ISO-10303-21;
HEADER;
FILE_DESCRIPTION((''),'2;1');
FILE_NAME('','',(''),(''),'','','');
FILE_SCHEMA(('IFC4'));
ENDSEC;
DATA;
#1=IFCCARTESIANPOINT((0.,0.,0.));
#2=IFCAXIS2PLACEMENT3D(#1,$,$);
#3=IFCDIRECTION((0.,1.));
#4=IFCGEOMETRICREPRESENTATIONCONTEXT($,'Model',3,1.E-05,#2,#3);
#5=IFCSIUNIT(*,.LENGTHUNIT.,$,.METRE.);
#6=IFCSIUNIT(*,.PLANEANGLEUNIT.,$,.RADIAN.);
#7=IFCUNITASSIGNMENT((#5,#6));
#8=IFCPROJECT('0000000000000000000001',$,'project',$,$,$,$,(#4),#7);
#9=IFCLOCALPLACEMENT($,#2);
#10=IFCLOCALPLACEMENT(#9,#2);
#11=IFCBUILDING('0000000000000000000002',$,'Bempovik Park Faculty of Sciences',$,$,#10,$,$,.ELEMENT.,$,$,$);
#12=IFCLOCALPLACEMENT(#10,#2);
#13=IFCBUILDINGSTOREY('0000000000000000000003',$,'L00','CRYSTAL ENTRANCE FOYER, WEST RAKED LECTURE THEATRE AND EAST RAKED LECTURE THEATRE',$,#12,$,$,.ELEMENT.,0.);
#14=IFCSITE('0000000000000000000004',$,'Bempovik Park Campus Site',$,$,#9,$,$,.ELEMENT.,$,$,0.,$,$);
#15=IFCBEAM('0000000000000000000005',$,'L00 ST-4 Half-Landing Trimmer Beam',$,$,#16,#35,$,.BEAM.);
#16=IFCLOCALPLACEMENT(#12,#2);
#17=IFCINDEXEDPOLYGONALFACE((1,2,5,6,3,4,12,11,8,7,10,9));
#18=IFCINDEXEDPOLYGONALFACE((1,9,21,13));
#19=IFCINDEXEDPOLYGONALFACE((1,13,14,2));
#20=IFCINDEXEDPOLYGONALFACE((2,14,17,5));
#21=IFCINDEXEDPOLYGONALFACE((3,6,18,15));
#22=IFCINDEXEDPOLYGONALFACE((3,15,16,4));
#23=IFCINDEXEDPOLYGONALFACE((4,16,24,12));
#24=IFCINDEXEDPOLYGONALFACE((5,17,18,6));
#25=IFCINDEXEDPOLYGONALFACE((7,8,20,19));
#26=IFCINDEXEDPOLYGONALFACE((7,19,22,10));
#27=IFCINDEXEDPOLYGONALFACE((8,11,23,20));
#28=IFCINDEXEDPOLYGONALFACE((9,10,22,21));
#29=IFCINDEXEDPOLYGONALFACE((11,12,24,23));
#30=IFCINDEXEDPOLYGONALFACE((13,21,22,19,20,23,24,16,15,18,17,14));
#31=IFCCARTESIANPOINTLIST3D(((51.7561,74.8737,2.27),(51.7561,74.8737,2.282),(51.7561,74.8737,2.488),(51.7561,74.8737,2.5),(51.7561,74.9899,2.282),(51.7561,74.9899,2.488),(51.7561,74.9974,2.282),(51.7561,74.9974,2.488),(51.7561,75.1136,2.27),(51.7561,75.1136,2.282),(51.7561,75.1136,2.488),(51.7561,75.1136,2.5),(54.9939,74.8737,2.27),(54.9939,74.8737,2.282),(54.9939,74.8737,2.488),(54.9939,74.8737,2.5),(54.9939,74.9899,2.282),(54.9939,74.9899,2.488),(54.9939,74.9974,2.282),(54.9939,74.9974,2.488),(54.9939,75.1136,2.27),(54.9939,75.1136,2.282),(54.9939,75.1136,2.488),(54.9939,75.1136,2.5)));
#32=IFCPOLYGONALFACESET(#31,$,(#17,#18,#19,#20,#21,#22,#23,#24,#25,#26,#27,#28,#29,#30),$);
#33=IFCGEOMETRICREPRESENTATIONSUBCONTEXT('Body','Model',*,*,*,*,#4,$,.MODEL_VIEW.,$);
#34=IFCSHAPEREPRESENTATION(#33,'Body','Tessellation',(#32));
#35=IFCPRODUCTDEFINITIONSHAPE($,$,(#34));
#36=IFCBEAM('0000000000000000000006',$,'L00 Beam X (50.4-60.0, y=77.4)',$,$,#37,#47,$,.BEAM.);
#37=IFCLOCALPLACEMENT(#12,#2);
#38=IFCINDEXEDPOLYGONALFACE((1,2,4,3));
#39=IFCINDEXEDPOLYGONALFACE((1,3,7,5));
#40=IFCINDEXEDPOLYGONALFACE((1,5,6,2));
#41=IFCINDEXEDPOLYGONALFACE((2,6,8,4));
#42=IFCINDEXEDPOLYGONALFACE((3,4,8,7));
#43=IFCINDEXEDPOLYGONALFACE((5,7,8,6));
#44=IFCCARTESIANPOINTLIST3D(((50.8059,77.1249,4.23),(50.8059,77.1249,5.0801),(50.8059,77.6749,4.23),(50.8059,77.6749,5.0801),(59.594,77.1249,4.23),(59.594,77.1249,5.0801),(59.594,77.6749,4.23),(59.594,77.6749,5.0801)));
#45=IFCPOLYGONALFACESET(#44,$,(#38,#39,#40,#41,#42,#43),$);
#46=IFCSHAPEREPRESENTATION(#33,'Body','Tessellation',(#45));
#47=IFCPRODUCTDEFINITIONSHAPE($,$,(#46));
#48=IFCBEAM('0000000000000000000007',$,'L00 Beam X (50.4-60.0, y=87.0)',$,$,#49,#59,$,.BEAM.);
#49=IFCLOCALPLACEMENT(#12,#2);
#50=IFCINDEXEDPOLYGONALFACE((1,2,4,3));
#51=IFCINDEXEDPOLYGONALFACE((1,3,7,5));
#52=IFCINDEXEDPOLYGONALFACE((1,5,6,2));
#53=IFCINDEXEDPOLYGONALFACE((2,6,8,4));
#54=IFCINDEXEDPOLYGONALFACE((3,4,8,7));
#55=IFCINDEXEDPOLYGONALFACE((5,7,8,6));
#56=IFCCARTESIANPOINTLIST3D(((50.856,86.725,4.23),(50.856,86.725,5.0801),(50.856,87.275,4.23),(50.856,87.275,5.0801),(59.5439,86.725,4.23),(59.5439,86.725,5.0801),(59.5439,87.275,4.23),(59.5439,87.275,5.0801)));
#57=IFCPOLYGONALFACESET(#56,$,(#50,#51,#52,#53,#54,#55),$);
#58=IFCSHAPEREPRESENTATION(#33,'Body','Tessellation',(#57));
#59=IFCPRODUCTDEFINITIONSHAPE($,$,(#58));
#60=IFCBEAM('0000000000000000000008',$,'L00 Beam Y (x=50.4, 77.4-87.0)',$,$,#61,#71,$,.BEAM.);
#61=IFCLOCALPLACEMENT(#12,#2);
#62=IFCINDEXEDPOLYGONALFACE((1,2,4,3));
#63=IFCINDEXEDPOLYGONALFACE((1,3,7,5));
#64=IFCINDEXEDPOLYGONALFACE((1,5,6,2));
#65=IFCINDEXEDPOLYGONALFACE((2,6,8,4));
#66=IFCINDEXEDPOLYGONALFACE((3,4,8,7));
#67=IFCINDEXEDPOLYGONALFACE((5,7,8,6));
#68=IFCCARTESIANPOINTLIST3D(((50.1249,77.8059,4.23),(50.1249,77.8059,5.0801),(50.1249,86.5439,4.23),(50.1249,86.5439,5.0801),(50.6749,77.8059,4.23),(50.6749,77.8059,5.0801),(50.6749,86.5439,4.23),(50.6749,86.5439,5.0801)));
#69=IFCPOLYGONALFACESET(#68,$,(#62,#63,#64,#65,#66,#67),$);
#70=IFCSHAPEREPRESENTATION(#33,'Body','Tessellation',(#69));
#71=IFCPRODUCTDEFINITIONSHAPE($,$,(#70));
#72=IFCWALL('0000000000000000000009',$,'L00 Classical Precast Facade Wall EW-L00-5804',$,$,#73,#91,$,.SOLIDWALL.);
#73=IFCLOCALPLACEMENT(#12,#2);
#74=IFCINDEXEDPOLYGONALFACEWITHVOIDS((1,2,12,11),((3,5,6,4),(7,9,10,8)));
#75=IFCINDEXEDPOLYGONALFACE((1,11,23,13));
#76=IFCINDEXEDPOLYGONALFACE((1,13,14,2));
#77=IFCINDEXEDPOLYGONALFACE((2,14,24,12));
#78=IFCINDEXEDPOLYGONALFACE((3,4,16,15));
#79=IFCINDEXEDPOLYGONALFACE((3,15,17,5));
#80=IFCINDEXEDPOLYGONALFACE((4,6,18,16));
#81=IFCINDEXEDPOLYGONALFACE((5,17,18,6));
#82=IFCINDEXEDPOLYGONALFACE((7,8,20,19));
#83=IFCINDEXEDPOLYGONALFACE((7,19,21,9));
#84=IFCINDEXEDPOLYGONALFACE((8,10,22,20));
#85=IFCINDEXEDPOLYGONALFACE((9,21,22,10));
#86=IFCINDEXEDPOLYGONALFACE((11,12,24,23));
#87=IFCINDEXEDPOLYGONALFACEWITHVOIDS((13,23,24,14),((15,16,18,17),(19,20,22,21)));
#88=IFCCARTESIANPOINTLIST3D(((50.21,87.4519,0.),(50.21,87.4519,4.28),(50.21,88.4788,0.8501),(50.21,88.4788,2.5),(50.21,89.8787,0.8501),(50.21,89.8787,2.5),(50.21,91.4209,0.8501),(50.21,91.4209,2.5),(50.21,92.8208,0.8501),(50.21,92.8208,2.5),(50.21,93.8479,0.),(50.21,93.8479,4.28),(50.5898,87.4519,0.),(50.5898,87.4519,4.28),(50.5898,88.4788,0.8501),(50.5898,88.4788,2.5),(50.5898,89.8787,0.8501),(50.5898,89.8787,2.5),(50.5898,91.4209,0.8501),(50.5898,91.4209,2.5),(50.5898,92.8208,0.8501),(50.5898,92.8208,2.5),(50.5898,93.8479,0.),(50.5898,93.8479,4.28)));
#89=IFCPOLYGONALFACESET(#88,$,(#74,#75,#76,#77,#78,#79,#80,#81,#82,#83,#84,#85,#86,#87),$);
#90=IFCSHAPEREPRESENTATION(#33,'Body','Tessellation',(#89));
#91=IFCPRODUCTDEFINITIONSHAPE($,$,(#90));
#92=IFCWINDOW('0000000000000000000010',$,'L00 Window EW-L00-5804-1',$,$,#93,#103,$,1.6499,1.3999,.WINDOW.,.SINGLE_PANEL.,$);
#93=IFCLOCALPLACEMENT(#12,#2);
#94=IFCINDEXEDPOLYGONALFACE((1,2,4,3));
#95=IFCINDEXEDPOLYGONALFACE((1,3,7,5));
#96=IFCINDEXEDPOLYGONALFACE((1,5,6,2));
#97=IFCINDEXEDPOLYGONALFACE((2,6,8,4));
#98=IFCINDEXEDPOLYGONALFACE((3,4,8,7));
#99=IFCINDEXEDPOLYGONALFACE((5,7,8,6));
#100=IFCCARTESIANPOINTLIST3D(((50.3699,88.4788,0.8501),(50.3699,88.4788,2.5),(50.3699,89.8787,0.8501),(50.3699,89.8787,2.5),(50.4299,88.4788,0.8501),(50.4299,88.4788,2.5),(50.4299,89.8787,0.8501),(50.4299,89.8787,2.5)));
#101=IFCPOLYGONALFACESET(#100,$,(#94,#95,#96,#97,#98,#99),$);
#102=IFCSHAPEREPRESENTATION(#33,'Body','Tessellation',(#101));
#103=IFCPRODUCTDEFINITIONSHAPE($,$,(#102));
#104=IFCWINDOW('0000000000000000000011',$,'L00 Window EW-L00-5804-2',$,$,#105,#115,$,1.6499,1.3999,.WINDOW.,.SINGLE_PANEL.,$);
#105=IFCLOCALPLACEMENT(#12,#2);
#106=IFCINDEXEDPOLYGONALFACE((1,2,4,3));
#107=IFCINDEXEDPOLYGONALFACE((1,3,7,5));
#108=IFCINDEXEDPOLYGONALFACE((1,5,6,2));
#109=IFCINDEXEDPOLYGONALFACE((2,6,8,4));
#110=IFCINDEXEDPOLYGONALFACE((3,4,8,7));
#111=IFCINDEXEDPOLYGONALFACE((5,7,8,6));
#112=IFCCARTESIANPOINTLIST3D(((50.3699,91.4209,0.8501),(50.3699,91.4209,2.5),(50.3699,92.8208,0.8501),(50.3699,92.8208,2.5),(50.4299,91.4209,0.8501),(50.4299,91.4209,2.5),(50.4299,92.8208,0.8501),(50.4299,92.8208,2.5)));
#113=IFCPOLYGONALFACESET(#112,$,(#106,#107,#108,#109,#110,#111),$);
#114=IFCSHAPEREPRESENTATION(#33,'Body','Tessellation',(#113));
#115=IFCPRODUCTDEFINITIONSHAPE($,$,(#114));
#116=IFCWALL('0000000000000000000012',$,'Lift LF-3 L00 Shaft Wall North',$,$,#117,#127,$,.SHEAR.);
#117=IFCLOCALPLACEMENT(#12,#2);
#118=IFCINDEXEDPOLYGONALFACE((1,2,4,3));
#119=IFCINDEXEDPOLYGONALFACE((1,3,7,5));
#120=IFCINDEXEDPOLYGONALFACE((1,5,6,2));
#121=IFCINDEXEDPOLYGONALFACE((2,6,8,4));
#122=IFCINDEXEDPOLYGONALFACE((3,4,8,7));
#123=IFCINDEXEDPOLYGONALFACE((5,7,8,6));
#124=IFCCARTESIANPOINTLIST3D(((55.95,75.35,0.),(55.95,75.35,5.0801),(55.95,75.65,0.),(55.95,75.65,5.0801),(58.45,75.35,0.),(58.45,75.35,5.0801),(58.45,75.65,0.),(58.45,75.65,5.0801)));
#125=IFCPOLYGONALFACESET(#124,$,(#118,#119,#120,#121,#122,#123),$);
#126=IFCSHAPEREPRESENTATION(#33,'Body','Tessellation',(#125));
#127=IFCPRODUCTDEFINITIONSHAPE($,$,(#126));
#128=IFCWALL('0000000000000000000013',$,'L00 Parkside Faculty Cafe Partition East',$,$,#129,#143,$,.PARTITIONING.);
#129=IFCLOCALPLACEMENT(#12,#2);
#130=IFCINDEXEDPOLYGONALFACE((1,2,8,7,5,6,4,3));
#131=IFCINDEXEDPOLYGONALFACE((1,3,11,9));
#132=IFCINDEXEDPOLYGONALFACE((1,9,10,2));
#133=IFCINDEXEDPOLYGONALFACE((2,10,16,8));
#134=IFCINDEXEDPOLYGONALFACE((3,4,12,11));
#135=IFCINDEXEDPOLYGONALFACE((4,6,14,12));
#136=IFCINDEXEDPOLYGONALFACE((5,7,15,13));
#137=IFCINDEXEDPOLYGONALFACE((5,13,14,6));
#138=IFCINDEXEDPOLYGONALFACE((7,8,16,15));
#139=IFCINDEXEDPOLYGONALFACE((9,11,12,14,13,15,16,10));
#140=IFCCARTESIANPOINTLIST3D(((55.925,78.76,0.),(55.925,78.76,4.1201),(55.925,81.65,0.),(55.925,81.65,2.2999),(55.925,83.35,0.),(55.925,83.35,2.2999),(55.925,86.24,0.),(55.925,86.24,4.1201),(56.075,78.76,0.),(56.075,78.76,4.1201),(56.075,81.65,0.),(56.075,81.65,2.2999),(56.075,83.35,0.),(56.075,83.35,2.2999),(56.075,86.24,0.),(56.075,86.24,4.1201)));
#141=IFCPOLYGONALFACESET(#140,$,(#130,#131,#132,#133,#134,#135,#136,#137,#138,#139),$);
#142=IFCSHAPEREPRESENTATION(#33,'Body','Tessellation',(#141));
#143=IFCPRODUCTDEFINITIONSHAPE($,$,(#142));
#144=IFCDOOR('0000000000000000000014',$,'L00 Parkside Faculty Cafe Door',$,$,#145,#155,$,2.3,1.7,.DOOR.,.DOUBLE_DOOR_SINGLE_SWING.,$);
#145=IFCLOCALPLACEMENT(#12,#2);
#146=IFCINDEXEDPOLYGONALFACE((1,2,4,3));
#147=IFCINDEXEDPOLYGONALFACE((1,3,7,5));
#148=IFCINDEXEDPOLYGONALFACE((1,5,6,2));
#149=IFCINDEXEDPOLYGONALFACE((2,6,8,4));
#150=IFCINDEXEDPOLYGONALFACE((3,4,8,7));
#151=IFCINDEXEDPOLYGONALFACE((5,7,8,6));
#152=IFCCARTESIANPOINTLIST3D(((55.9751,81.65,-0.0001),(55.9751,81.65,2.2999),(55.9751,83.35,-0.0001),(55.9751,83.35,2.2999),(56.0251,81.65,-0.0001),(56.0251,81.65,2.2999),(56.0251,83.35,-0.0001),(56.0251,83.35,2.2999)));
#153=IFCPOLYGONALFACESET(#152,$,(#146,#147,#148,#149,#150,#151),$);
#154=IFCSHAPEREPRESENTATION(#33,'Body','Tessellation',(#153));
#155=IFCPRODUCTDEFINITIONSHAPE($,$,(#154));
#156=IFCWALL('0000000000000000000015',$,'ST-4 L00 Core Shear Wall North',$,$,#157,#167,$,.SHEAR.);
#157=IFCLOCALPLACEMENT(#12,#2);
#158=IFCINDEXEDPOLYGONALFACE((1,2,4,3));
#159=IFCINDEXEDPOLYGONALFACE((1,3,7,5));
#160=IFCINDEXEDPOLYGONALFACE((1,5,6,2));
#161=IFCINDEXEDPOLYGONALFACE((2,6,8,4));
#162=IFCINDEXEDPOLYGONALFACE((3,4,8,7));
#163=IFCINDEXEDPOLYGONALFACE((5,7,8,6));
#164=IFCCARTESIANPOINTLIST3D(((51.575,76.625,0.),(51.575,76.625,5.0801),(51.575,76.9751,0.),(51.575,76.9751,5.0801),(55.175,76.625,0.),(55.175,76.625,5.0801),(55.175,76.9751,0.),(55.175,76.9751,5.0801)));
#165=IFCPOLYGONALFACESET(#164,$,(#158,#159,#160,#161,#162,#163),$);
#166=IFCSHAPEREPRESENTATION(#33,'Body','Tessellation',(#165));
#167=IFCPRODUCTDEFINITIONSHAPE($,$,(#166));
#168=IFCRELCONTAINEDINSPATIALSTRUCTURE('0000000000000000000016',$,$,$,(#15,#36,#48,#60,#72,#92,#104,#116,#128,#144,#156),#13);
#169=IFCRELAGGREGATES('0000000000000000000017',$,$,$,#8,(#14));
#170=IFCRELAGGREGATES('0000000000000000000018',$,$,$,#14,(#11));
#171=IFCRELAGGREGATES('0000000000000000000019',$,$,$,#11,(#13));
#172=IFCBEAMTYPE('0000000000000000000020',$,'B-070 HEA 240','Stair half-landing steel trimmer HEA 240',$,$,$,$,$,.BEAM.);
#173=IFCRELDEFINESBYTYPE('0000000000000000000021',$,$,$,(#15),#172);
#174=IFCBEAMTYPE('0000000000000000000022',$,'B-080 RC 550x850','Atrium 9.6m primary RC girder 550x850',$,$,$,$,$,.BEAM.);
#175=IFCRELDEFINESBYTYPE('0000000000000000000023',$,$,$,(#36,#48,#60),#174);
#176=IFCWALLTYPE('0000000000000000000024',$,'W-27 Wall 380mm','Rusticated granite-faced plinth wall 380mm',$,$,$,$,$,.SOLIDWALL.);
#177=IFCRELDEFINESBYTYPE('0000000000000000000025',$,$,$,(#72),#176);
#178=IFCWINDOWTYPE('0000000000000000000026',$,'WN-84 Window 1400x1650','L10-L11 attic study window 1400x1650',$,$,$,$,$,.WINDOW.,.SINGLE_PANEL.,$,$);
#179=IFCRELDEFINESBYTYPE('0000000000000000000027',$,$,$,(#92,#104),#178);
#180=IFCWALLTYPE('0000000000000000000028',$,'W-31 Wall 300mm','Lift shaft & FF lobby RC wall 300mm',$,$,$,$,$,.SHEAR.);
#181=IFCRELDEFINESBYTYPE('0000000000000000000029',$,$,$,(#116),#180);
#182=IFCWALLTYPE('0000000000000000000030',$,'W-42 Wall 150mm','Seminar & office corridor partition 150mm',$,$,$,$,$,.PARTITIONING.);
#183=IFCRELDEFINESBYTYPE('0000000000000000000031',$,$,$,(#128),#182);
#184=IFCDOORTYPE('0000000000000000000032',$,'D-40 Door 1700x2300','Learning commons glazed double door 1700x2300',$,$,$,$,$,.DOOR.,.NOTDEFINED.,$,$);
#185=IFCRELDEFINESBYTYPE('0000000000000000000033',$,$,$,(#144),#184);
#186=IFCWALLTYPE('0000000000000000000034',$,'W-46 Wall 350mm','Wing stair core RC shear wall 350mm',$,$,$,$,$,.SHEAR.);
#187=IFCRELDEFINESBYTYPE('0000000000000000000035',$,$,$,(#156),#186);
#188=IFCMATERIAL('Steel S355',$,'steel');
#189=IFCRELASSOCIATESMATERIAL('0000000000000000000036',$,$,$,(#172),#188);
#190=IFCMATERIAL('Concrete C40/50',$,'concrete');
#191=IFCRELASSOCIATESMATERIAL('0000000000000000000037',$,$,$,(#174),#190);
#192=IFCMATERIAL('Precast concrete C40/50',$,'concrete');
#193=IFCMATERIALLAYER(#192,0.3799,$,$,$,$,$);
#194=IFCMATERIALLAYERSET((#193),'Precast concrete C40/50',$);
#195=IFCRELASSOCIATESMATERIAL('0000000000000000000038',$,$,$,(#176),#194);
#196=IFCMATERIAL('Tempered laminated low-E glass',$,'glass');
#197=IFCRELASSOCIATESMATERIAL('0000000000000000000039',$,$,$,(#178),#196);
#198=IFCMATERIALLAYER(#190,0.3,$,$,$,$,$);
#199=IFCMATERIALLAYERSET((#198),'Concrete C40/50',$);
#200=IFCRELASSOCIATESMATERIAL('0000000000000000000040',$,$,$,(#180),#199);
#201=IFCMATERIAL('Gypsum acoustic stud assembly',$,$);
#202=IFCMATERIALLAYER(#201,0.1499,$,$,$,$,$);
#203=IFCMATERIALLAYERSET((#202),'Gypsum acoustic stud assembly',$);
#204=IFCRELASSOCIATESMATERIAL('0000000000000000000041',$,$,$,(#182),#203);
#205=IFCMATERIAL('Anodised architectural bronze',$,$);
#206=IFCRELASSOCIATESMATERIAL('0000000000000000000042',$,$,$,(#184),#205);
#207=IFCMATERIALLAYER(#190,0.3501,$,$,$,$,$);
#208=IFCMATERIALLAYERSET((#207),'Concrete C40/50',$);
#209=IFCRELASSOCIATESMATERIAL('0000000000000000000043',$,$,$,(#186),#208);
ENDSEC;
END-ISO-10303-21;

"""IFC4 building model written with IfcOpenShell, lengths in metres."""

from ifc_helpers import new_model, si_unit, direction, frame, frame_2d, origin, origin_2d, place, context, subcontext, project, spatial, rectangle, i_section, extrude, material, layer, layer_set, material_profile, profile_set, type_object, element, fill, save


model = new_model("IFC4")

# Units and contexts
model_context = context("Model", 3, precision=1e-05, world=origin(), true_north=direction((0.0, 1.0)))
body_context = subcontext(model_context, "Body", "Model", "MODEL_VIEW")
ifc_project = project(units=[si_unit("LENGTHUNIT", "METRE"), si_unit("PLANEANGLEUNIT", "RADIAN")], contexts=[model_context])

# Site, building, storey
site_placement = place(None, origin())
site = spatial("IfcSite", under=ifc_project, at=site_placement, Name="Bempovik Park Campus Site", CompositionType="ELEMENT", RefElevation=0.0)
building_placement = place(site_placement, origin())
building = spatial("IfcBuilding", under=site, at=building_placement, Name="Bempovik Park Faculty of Sciences", CompositionType="ELEMENT")
storey_placement = place(building_placement, origin())
storey = spatial("IfcBuildingStorey", under=building, at=storey_placement, Name="L00", Description="CRYSTAL ENTRANCE FOYER, WEST RAKED LECTURE THEATRE AND EAST RAKED LECTURE THEATRE", CompositionType="ELEMENT", Elevation=0.0)

# Shared definitions
ifc_material_1 = material(Name="Concrete C40/50", Category="concrete")

# Beams
ifc_material_2 = material(Name="Steel S355", Category="steel")
ifc_material_profile_1 = material_profile(ifc_material_2, i_section(OverallWidth=0.24, OverallDepth=0.23, WebThickness=0.0076, FlangeThickness=0.012, at=origin_2d()), Name="HEA 240")
ifc_profile_set_1 = profile_set([ifc_material_profile_1], Name="Steel S355")
beam_type_1 = type_object("IfcBeamType", Name="B-070 HEA 240", Description="Stair half-landing steel trimmer HEA 240", PredefinedType="BEAM", material=ifc_profile_set_1)
beam_1_placement = place(storey_placement, frame((51.7561, 74.9937, 2.385), z_axis=(1.0, 0.0, 0.0), x_axis=(0.0, 1.0, 0.0)))
element("IfcBeam", 1, at=beam_1_placement, inside=storey, type_object=beam_type_1, Name="L00 ST-4 Half-Landing Trimmer Beam", PredefinedType="BEAM", context=body_context, shape_type="SweptSolid", body=[
    extrude(i_section(OverallWidth=0.24, OverallDepth=0.23, WebThickness=0.0076, FlangeThickness=0.012, at=origin_2d()), origin(), (0.0, 0.0, 1.0), 3.2378),
])
ifc_material_profile_2 = material_profile(ifc_material_1, rectangle(XDim=0.55, YDim=0.8501, at=origin_2d()), Name="RC 550x850")
ifc_profile_set_2 = profile_set([ifc_material_profile_2], Name="Concrete C40/50")
beam_type_2 = type_object("IfcBeamType", Name="B-080 RC 550x850", Description="Atrium 9.6m primary RC girder 550x850", PredefinedType="BEAM", material=ifc_profile_set_2)
beam_2_placement = place(storey_placement, frame((50.8059, 77.3999, 4.655), z_axis=(1.0, 0.0, 0.0), x_axis=(0.0, 1.0, 0.0)))
element("IfcBeam", 2, at=beam_2_placement, inside=storey, type_object=beam_type_2, Name="L00 Beam X (50.4-60.0, y=77.4)", PredefinedType="BEAM", context=body_context, shape_type="SweptSolid", body=[
    extrude(rectangle(XDim=0.55, YDim=0.8501, at=origin_2d()), origin(), (0.0, 0.0, 1.0), 8.7881),
])
beam_3_placement = place(storey_placement, frame((50.856, 87.0, 4.655), z_axis=(1.0, 0.0, 0.0), x_axis=(0.0, 1.0, 0.0)))
element("IfcBeam", 3, at=beam_3_placement, inside=storey, type_object=beam_type_2, Name="L00 Beam X (50.4-60.0, y=87.0)", PredefinedType="BEAM", context=body_context, shape_type="SweptSolid", body=[
    extrude(rectangle(XDim=0.55, YDim=0.8501, at=origin_2d()), origin(), (0.0, 0.0, 1.0), 8.688),
])
beam_4_placement = place(storey_placement, frame((50.3999, 77.8059, 4.655), z_axis=(0.0, 1.0, 0.0), x_axis=(-1.0, 0.0, 0.0)))
element("IfcBeam", 4, at=beam_4_placement, inside=storey, type_object=beam_type_2, Name="L00 Beam Y (x=50.4, 77.4-87.0)", PredefinedType="BEAM", context=body_context, shape_type="SweptSolid", body=[
    extrude(rectangle(XDim=0.55, YDim=0.8501, at=origin_2d()), origin(), (0.0, 0.0, 1.0), 8.738),
])

# Wall, openings, windows
ifc_material_3 = material(Name="Precast concrete C40/50", Category="concrete")
ifc_layer_1 = layer(ifc_material_3, 0.3799)
ifc_layer_set_1 = layer_set([ifc_layer_1], Name="Precast concrete C40/50")
wall_type_1 = type_object("IfcWallType", Name="W-27 Wall 380mm", Description="Rusticated granite-faced plinth wall 380mm", PredefinedType="SOLIDWALL", material=ifc_layer_set_1)
wall_1_placement = place(storey_placement, frame((50.3999, 87.4519, 0.0), z_axis=(0.0, 0.0, 1.0), x_axis=(0.0, 1.0, 0.0)))
wall_1 = element("IfcWall", 5, at=wall_1_placement, inside=storey, type_object=wall_type_1, Name="L00 Classical Precast Facade Wall EW-L00-5804", PredefinedType="SOLIDWALL", context=body_context, shape_type="SweptSolid", body=[
    extrude(rectangle(XDim=6.396, YDim=0.3799, at=frame_2d((3.198, 0.0))), origin(), (0.0, 0.0, 1.0), 4.28),
])
opening_1_placement = place(wall_1_placement, frame((1.0269, 0.0, 0.8501)))
opening_1 = element("IfcOpeningElement", 6, at=opening_1_placement, cuts=wall_1, PredefinedType="OPENING", context=body_context, shape_type="SweptSolid", body=[
    extrude(rectangle(XDim=1.3999, YDim=1.6499, at=frame_2d((0.7, 0.825))), frame((0.0, 0.2, 0.0), z_axis=(0.0, -1.0, 0.0), x_axis=(1.0, 0.0, 0.0)), (0.0, 0.0, 1.0), 0.3999),
])
opening_2_placement = place(wall_1_placement, frame((3.969, 0.0, 0.8501)))
opening_2 = element("IfcOpeningElement", 7, at=opening_2_placement, cuts=wall_1, PredefinedType="OPENING", context=body_context, shape_type="SweptSolid", body=[
    extrude(rectangle(XDim=1.3999, YDim=1.6499, at=frame_2d((0.7, 0.825))), frame((0.0, 0.2, 0.0), z_axis=(0.0, -1.0, 0.0), x_axis=(1.0, 0.0, 0.0)), (0.0, 0.0, 1.0), 0.3999),
])
ifc_material_4 = material(Name="Tempered laminated low-E glass", Category="glass")
window_type = type_object("IfcWindowType", Name="WN-84 Window 1400x1650", Description="L10-L11 attic study window 1400x1650", PartitioningType="SINGLE_PANEL", PredefinedType="WINDOW", material=ifc_material_4)
window_1_placement = place(opening_1_placement, origin())
window_1 = element("IfcWindow", 8, at=window_1_placement, inside=storey, type_object=window_type, Name="L00 Window EW-L00-5804-1", OverallHeight=1.6499, OverallWidth=1.3999, PartitioningType="SINGLE_PANEL", PredefinedType="WINDOW", context=body_context, shape_type="SweptSolid", body=[
    extrude(rectangle(XDim=1.3999, YDim=1.6499, at=frame_2d((0.7, 0.825))), frame((0.0, 0.03, 0.0), z_axis=(0.0, -1.0, 0.0), x_axis=(1.0, 0.0, 0.0)), (0.0, 0.0, 1.0), 0.0601),
])
fill(opening_1, window_1)
window_2_placement = place(opening_2_placement, origin())
window_2 = element("IfcWindow", 9, at=window_2_placement, inside=storey, type_object=window_type, Name="L00 Window EW-L00-5804-2", OverallHeight=1.6499, OverallWidth=1.3999, PartitioningType="SINGLE_PANEL", PredefinedType="WINDOW", context=body_context, shape_type="SweptSolid", body=[
    extrude(rectangle(XDim=1.3999, YDim=1.6499, at=frame_2d((0.7, 0.825))), frame((0.0, 0.03, 0.0), z_axis=(0.0, -1.0, 0.0), x_axis=(1.0, 0.0, 0.0)), (0.0, 0.0, 1.0), 0.0601),
])
fill(opening_2, window_2)

# Wall
ifc_layer_2 = layer(ifc_material_1, 0.3)
ifc_layer_set_2 = layer_set([ifc_layer_2], Name="Concrete C40/50")
wall_type_2 = type_object("IfcWallType", Name="W-31 Wall 300mm", Description="Lift shaft & FF lobby RC wall 300mm", PredefinedType="SHEAR", material=ifc_layer_set_2)
wall_2_placement = place(storey_placement, frame((55.95, 75.5, 0.0), z_axis=(0.0, 0.0, 1.0), x_axis=(1.0, 0.0, 0.0)))
element("IfcWall", 10, at=wall_2_placement, inside=storey, type_object=wall_type_2, Name="Lift LF-3 L00 Shaft Wall North", PredefinedType="SHEAR", context=body_context, shape_type="SweptSolid", body=[
    extrude(rectangle(XDim=2.5, YDim=0.3, at=frame_2d((1.25, 0.0))), origin(), (0.0, 0.0, 1.0), 5.0801),
])

# Wall, opening, door
ifc_material_5 = material(Name="Gypsum acoustic stud assembly")
ifc_layer_3 = layer(ifc_material_5, 0.1499)
ifc_layer_set_3 = layer_set([ifc_layer_3], Name="Gypsum acoustic stud assembly")
wall_type_3 = type_object("IfcWallType", Name="W-42 Wall 150mm", Description="Seminar & office corridor partition 150mm", PredefinedType="PARTITIONING", material=ifc_layer_set_3)
wall_3_placement = place(storey_placement, frame((56.0, 78.76, 0.0), z_axis=(0.0, 0.0, 1.0), x_axis=(0.0, 1.0, 0.0)))
wall_3 = element("IfcWall", 11, at=wall_3_placement, inside=storey, type_object=wall_type_3, Name="L00 Parkside Faculty Cafe Partition East", PredefinedType="PARTITIONING", context=body_context, shape_type="SweptSolid", body=[
    extrude(rectangle(XDim=7.48, YDim=0.1499, at=frame_2d((3.74, 0.0))), origin(), (0.0, 0.0, 1.0), 4.1201),
])
opening_3_placement = place(wall_3_placement, frame((2.8899, 0.0, 0.0)))
opening_3 = element("IfcOpeningElement", 12, at=opening_3_placement, cuts=wall_3, PredefinedType="OPENING", context=body_context, shape_type="SweptSolid", body=[
    extrude(rectangle(XDim=1.7, YDim=2.3, at=frame_2d((0.8501, 1.1499))), frame((0.0, 0.085, 0.0), z_axis=(0.0, -1.0, 0.0), x_axis=(1.0, 0.0, 0.0)), (0.0, 0.0, 1.0), 0.1699),
])
ifc_material_6 = material(Name="Anodised architectural bronze")
door_type = type_object("IfcDoorType", Name="D-40 Door 1700x2300", Description="Learning commons glazed double door 1700x2300", OperationType="NOTDEFINED", PredefinedType="DOOR", material=ifc_material_6)
door_placement = place(opening_3_placement, origin())
door = element("IfcDoor", 13, at=door_placement, inside=storey, type_object=door_type, Name="L00 Parkside Faculty Cafe Door", OperationType="DOUBLE_DOOR_SINGLE_SWING", OverallHeight=2.3, OverallWidth=1.7, PredefinedType="DOOR", context=body_context, shape_type="SweptSolid", body=[
    extrude(rectangle(XDim=1.7, YDim=2.3, at=frame_2d((0.8501, 1.1499))), frame((0.0, 0.0249, 0.0), z_axis=(0.0, -1.0, 0.0), x_axis=(1.0, 0.0, 0.0)), (0.0, 0.0, 1.0), 0.05),
])
fill(opening_3, door)

# Wall
ifc_layer_4 = layer(ifc_material_1, 0.3501)
ifc_layer_set_4 = layer_set([ifc_layer_4], Name="Concrete C40/50")
wall_type_4 = type_object("IfcWallType", Name="W-46 Wall 350mm", Description="Wing stair core RC shear wall 350mm", PredefinedType="SHEAR", material=ifc_layer_set_4)
wall_4_placement = place(storey_placement, frame((51.575, 76.8, 0.0), z_axis=(0.0, 0.0, 1.0), x_axis=(1.0, 0.0, 0.0)))
element("IfcWall", 14, at=wall_4_placement, inside=storey, type_object=wall_type_4, Name="ST-4 L00 Core Shear Wall North", PredefinedType="SHEAR", context=body_context, shape_type="SweptSolid", body=[
    extrude(rectangle(XDim=3.6001, YDim=0.3501, at=frame_2d((1.8, 0.0))), origin(), (0.0, 0.0, 1.0), 5.0801),
])

save(model, "model.ifc")
